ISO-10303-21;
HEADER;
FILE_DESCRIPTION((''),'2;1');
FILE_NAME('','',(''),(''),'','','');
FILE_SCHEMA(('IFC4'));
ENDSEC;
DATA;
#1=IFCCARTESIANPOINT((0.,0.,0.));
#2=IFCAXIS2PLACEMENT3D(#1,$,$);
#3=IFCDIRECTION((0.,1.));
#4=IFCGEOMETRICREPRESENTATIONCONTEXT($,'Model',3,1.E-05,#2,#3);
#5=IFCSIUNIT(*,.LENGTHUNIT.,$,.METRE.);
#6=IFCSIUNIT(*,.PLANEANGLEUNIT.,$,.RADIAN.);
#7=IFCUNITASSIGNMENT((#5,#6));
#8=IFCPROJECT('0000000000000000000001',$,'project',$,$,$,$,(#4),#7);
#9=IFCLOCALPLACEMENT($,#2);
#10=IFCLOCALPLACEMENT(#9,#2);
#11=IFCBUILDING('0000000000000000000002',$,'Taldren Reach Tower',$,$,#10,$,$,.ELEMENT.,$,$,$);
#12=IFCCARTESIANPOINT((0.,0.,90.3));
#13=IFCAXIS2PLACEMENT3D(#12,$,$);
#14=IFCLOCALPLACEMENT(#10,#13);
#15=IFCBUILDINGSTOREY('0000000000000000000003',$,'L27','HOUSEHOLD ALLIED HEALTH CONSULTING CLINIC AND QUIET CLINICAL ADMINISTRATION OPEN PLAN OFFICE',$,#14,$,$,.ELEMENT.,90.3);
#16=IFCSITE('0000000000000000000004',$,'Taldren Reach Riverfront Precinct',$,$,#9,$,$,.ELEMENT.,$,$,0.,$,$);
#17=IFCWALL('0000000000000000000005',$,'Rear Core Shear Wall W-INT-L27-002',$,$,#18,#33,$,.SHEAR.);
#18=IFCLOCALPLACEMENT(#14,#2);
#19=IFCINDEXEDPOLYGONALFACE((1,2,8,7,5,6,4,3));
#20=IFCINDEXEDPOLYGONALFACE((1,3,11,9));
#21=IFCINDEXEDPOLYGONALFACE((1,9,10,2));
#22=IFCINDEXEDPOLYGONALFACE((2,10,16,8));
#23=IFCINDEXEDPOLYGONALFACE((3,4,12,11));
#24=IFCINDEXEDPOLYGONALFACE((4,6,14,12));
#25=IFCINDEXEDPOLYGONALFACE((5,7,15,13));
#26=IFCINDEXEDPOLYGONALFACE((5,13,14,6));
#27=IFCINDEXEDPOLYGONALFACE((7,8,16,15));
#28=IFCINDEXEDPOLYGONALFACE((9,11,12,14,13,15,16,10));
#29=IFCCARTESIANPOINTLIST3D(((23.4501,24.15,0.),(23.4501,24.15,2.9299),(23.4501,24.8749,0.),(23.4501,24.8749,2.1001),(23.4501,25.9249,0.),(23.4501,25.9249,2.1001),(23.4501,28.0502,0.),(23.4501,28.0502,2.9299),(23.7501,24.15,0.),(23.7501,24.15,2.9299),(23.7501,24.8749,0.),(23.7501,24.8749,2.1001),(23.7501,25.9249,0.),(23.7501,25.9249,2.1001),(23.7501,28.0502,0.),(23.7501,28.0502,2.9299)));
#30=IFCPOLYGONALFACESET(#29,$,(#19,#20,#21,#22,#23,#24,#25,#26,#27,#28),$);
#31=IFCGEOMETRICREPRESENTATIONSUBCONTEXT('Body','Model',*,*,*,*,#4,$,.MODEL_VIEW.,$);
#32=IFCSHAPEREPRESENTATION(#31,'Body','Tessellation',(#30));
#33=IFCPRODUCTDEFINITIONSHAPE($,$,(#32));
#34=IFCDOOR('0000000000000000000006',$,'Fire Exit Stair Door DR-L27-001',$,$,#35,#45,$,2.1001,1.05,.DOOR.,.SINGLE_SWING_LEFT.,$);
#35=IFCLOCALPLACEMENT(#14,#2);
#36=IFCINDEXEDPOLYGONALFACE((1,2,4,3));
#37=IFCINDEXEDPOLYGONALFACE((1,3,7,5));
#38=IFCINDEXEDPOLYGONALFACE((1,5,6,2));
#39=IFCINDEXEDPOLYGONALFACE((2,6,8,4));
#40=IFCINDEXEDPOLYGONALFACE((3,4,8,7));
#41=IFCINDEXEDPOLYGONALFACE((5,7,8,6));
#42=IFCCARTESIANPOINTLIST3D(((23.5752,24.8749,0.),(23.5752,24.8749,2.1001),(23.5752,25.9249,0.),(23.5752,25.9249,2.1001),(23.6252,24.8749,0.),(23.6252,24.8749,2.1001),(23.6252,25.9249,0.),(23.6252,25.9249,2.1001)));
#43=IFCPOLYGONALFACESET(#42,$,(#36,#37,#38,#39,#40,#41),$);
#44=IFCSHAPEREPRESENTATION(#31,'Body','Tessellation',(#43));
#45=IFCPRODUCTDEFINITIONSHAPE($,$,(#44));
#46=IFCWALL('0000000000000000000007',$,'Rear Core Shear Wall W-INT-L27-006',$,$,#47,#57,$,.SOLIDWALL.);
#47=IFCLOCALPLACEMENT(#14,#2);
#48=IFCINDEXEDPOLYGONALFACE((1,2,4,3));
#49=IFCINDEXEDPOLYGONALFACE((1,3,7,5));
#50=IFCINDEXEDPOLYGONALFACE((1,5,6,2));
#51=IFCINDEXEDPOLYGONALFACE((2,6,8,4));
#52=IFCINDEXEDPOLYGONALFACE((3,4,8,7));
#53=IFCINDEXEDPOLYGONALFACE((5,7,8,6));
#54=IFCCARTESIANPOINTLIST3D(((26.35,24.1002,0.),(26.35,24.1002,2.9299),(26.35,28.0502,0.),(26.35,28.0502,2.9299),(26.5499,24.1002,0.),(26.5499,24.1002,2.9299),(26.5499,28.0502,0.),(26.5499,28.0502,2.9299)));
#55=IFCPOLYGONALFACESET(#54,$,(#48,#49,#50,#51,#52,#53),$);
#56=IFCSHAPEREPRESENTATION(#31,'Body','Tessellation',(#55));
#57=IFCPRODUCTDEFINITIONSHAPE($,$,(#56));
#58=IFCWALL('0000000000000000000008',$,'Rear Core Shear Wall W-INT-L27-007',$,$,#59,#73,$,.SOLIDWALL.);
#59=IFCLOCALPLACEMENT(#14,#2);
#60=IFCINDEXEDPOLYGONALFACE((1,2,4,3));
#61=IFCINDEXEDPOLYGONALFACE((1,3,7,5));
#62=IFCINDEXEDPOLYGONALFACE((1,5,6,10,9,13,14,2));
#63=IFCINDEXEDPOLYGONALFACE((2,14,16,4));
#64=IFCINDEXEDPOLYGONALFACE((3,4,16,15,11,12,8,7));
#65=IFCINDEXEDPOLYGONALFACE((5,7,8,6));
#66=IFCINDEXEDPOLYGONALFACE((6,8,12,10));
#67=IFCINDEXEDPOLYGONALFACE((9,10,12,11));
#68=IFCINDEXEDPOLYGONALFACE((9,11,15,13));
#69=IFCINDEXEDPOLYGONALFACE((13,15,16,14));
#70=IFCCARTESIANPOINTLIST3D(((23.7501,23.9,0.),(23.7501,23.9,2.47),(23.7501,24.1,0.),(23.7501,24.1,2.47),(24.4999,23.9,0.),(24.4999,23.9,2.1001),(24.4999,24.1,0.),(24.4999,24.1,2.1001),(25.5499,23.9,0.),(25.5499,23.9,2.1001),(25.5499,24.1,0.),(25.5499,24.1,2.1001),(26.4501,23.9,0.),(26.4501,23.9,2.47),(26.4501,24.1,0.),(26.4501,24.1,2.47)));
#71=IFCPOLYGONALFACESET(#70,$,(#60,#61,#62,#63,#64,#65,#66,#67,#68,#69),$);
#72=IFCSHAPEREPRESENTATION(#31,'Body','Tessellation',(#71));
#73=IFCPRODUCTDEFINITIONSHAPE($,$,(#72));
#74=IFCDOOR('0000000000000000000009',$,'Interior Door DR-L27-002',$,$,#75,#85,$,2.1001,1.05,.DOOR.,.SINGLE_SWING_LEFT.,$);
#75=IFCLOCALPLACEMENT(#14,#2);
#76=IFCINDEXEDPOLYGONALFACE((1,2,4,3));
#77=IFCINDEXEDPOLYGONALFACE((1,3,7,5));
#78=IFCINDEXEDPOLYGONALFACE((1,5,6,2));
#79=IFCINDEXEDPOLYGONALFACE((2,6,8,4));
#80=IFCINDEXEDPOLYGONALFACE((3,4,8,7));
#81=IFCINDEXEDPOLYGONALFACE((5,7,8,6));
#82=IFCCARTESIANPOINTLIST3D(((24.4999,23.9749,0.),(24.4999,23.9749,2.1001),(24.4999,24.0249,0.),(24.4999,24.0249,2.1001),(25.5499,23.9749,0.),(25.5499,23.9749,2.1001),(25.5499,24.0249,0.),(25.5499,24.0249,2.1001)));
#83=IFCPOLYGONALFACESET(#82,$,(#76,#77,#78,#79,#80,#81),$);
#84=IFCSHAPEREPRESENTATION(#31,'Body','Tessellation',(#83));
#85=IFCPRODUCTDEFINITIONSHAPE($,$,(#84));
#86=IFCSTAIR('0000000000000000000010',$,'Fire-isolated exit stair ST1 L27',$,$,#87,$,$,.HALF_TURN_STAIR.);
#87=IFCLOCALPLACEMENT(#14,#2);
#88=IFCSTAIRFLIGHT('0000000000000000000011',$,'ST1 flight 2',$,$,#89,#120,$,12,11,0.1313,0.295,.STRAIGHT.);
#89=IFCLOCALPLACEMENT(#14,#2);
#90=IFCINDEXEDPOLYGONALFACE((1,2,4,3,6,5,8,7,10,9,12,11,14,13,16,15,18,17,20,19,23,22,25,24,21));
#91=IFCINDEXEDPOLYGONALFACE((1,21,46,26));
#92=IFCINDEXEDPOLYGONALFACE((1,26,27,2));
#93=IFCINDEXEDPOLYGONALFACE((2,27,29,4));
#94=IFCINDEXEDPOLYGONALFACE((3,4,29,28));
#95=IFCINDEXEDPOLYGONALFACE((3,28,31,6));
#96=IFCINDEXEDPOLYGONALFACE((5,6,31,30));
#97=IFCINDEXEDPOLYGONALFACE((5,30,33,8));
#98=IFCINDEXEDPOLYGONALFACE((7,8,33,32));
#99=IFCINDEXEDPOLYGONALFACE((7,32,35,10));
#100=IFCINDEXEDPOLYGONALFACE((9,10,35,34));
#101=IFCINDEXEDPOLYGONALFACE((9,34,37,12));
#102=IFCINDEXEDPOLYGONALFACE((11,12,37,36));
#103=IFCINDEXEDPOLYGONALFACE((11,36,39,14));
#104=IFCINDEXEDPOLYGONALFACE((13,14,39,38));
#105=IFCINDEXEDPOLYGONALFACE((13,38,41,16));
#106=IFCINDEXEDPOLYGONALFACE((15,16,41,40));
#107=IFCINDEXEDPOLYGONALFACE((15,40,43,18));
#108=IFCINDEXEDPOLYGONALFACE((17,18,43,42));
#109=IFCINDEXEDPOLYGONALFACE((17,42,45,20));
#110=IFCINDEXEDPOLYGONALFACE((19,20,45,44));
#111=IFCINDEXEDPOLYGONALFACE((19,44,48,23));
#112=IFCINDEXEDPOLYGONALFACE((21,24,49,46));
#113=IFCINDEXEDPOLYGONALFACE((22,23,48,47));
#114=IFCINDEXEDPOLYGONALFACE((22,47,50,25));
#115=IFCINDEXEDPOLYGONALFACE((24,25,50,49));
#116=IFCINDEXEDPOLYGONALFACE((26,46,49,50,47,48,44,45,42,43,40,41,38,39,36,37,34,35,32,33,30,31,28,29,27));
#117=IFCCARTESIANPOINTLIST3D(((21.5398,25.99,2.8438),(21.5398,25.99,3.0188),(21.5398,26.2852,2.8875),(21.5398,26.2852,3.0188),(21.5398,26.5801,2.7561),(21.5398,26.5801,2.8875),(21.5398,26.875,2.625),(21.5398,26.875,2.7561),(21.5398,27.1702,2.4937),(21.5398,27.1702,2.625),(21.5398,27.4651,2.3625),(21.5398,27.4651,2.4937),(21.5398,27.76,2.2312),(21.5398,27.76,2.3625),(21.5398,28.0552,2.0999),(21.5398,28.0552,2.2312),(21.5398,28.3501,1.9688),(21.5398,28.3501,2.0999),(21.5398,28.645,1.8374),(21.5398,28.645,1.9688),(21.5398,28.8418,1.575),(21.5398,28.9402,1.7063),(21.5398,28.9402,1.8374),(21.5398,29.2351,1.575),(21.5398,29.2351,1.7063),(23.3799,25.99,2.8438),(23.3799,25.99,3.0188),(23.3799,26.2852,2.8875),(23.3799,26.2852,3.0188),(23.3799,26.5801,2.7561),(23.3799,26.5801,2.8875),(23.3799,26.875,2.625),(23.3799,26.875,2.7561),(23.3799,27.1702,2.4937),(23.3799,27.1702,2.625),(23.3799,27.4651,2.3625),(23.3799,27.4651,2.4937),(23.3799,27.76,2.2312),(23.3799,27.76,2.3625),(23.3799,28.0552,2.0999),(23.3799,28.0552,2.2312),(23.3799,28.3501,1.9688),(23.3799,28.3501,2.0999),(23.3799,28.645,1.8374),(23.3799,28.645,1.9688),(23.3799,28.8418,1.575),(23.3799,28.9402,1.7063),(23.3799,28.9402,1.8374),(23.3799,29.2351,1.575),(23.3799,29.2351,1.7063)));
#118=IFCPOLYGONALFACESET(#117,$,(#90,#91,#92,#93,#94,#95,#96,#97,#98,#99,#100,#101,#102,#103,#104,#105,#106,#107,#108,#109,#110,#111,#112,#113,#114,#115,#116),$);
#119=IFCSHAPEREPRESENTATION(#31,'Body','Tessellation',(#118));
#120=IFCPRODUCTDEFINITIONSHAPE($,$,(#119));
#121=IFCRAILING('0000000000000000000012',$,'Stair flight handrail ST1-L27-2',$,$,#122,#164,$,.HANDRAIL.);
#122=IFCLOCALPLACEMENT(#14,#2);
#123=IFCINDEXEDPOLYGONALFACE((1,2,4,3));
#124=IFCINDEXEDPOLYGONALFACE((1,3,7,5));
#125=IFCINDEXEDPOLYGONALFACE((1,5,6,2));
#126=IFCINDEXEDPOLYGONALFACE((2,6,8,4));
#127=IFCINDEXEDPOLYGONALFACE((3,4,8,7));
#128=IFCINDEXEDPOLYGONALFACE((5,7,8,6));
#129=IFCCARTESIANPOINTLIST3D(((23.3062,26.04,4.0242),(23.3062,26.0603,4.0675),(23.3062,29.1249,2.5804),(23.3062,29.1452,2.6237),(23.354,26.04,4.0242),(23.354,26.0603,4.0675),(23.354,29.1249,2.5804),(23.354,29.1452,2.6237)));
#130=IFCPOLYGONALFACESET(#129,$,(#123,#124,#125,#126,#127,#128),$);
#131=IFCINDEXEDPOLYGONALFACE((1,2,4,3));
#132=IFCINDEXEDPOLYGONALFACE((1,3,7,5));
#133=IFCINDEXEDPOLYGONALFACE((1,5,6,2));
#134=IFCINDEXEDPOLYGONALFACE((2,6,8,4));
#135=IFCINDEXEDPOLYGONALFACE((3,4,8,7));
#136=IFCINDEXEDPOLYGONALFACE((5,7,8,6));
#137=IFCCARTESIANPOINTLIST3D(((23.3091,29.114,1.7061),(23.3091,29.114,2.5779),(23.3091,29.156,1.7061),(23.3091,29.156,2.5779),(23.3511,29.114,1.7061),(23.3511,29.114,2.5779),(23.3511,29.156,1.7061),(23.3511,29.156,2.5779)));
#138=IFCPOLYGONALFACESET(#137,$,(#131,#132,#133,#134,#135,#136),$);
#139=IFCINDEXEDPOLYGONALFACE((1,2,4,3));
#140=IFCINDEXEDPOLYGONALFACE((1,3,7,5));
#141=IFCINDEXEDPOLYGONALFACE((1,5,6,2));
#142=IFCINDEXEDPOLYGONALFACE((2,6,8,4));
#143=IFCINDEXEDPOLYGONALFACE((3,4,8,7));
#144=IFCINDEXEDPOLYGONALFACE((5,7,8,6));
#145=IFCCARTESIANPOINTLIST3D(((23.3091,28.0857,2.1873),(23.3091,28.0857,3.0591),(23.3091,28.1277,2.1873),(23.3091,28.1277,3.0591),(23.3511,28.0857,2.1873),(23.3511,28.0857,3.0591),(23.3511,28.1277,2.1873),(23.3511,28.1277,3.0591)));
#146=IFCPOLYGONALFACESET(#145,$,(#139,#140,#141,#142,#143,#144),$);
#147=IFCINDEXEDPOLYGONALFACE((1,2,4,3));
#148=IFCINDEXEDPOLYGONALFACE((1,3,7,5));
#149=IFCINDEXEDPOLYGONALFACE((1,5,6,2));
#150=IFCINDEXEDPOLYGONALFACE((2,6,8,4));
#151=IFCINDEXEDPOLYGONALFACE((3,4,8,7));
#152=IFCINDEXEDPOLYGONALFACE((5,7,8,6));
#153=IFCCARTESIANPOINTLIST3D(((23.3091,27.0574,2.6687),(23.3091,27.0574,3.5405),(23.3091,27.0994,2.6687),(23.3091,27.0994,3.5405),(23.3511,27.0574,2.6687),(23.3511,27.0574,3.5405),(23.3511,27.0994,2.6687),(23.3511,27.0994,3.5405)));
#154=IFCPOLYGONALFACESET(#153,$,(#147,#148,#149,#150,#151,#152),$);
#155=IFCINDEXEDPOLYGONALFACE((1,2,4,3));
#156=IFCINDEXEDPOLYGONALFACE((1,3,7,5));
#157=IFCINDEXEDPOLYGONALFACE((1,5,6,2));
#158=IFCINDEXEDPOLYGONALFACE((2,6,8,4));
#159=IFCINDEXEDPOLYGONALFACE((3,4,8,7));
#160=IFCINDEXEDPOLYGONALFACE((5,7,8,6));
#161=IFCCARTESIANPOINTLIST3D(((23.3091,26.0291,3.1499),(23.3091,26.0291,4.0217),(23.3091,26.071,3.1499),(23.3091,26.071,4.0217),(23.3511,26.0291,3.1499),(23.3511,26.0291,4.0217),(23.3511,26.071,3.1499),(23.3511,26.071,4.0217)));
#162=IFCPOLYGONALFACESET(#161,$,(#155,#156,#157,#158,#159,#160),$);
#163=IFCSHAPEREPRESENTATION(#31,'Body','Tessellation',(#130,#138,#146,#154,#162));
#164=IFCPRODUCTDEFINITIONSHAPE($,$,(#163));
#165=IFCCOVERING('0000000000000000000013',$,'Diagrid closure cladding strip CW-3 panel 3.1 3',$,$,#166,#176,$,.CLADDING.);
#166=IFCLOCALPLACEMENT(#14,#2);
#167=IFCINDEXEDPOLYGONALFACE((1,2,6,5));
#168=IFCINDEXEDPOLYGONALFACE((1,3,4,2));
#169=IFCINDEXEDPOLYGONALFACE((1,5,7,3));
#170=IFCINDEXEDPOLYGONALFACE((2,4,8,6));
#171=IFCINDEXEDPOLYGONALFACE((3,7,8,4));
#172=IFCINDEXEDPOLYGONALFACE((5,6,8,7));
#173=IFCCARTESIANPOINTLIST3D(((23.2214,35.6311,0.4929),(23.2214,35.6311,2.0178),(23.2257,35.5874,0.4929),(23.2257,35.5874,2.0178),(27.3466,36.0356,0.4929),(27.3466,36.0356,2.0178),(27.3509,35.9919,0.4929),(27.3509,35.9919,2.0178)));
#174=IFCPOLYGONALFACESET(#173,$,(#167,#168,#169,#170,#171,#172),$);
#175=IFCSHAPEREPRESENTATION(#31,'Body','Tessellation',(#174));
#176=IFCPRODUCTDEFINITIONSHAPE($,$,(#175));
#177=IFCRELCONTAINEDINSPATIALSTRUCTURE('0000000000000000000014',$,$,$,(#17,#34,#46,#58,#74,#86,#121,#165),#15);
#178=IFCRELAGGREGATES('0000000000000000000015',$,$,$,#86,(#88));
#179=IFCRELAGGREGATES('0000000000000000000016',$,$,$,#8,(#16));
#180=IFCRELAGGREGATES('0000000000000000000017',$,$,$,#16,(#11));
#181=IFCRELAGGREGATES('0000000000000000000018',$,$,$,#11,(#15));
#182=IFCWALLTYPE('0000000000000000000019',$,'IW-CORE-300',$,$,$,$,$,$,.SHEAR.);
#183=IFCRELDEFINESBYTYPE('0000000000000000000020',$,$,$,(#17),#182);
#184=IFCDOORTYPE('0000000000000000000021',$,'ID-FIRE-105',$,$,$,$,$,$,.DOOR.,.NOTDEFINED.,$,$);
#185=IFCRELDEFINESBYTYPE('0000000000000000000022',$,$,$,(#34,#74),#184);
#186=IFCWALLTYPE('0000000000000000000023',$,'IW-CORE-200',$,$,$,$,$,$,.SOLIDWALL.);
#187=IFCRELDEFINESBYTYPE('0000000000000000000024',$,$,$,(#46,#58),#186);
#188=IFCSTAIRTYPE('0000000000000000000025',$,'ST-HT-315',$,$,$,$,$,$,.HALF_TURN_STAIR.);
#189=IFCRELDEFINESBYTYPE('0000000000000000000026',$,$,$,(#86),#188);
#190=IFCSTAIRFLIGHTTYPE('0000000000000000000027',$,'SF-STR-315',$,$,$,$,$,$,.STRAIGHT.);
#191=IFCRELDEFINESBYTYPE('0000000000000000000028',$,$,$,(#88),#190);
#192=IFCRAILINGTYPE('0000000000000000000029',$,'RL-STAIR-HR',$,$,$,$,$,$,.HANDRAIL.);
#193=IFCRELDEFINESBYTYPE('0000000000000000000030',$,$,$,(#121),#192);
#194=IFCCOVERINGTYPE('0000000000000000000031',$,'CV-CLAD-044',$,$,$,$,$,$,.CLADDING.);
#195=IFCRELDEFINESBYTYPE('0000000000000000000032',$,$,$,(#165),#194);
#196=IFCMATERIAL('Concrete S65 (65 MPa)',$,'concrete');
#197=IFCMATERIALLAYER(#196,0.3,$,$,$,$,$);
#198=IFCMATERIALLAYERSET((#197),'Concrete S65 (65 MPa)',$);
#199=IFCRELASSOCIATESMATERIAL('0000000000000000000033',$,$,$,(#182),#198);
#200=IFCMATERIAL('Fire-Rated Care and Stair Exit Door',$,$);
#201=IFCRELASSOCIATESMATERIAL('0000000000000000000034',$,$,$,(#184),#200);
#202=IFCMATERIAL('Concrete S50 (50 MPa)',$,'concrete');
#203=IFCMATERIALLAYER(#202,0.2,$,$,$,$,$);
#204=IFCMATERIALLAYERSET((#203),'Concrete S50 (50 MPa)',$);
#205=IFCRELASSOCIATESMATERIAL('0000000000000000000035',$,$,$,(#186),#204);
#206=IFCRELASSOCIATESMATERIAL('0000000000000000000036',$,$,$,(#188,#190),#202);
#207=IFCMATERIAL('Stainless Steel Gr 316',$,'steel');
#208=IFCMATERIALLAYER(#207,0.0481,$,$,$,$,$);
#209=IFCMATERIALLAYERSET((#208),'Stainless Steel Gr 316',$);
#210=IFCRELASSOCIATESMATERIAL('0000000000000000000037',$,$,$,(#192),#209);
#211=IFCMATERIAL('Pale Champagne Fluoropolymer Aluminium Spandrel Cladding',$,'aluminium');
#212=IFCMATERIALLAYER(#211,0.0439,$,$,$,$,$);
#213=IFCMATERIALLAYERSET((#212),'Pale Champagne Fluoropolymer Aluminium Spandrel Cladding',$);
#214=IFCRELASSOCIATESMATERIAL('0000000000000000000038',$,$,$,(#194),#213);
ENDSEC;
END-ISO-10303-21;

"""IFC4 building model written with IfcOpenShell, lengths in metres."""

from ifc_helpers import new_model, si_unit, direction, frame, frame_2d, origin, origin_2d, place, context, subcontext, project, spatial, polyline, rectangle, outline, extrude, source, transform, mapped, material, layer, layer_set, type_object, element, fill, aggregate, save


model = new_model("IFC4")

# Units and contexts
model_context = context("Model", 3, precision=1e-05, world=origin(), true_north=direction((0.0, 1.0)))
body_context = subcontext(model_context, "Body", "Model", "MODEL_VIEW")
ifc_project = project(units=[si_unit("LENGTHUNIT", "METRE"), si_unit("PLANEANGLEUNIT", "RADIAN")], contexts=[model_context])

# Site, building, storey
site_placement = place(None, origin())
site = spatial("IfcSite", under=ifc_project, at=site_placement, Name="Taldren Reach Riverfront Precinct", CompositionType="ELEMENT", RefElevation=0.0)
building_placement = place(site_placement, origin())
building = spatial("IfcBuilding", under=site, at=building_placement, Name="Taldren Reach Tower", CompositionType="ELEMENT")
storey_placement = place(building_placement, frame((0.0, 0.0, 90.3)))
storey = spatial("IfcBuildingStorey", under=building, at=storey_placement, Name="L27", Description="HOUSEHOLD ALLIED HEALTH CONSULTING CLINIC AND QUIET CLINICAL ADMINISTRATION OPEN PLAN OFFICE", CompositionType="ELEMENT", Elevation=90.3)

# Shared definitions
ifc_material_1 = material(Name="Concrete S65 (65 MPa)", Category="concrete")

# Shared definitions
ifc_layer_1 = layer(ifc_material_1, 0.3)
ifc_layer_set_1 = layer_set([ifc_layer_1], Name="Concrete S65 (65 MPa)")
wall_type_1 = type_object("IfcWallType", Name="IW-CORE-300", PredefinedType="SHEAR", material=ifc_layer_set_1)

# Wall, opening, door
shared_shape_1 = source(origin(), body_context, "Body", "SweptSolid", [
    extrude(rectangle(XDim=3.9001, YDim=0.3, at=frame_2d((1.9502, 0.0))), origin(), (0.0, 0.0, 1.0), 2.9299),
])
wall_1_placement = place(storey_placement, frame((23.6001, 24.1499, 0.0), z_axis=(0.0, 0.0, 1.0), x_axis=(0.0, 1.0, 0.0)))
wall_1 = element("IfcWall", 1, at=wall_1_placement, inside=storey, type_object=wall_type_1, Name="Rear Core Shear Wall W-INT-L27-002", PredefinedType="SHEAR", context=body_context, shape_type="MappedRepresentation", body=[
    mapped(shared_shape_1, transform((0.0, 0.0, 0.0), scale=1.0)),
])
shared_shape_2 = source(origin(), body_context, "Body", "SweptSolid", [
    extrude(rectangle(XDim=1.05, YDim=2.1001, at=frame_2d((0.5249, 1.05))), frame((0.0, 0.1602, 0.0), z_axis=(0.0, -1.0, 0.0), x_axis=(1.0, 0.0, 0.0)), (0.0, 0.0, 1.0), 0.3201),
])
opening_1_placement = place(wall_1_placement, frame((0.7251, 0.0, 0.0)))
opening_1 = element("IfcOpeningElement", 2, at=opening_1_placement, cuts=wall_1, PredefinedType="OPENING", context=body_context, shape_type="MappedRepresentation", body=[
    mapped(shared_shape_2, transform((0.0, 0.0, 0.0), scale=1.0)),
])
ifc_material_2 = material(Name="Fire-Rated Care and Stair Exit Door")
door_type_1 = type_object("IfcDoorType", Name="ID-FIRE-105", OperationType="NOTDEFINED", PredefinedType="DOOR", material=ifc_material_2)
shared_shape_3 = source(origin(), body_context, "Body", "SweptSolid", [
    extrude(rectangle(XDim=1.05, YDim=2.1001, at=frame_2d((0.5249, 1.05))), frame((0.0, 0.0249, 0.0), z_axis=(0.0, -1.0, 0.0), x_axis=(1.0, 0.0, 0.0)), (0.0, 0.0, 1.0), 0.05),
])
door_1_placement = place(opening_1_placement, origin())
door_1 = element("IfcDoor", 3, at=door_1_placement, inside=storey, type_object=door_type_1, Name="Fire Exit Stair Door DR-L27-001", OperationType="SINGLE_SWING_LEFT", OverallHeight=2.1001, OverallWidth=1.05, PredefinedType="DOOR", context=body_context, shape_type="MappedRepresentation", body=[
    mapped(shared_shape_3, transform((0.0, 0.0, 0.0), scale=1.0)),
])
fill(opening_1, door_1)

# Wall
ifc_material_3 = material(Name="Concrete S50 (50 MPa)", Category="concrete")
ifc_layer_2 = layer(ifc_material_3, 0.2)
ifc_layer_set_2 = layer_set([ifc_layer_2], Name="Concrete S50 (50 MPa)")
wall_type_2 = type_object("IfcWallType", Name="IW-CORE-200", PredefinedType="SOLIDWALL", material=ifc_layer_set_2)
shared_shape_4 = source(origin(), body_context, "Body", "SweptSolid", [
    extrude(rectangle(XDim=3.95, YDim=0.2, at=frame_2d((1.9751, 0.0))), origin(), (0.0, 0.0, 1.0), 2.9299),
])
wall_2_placement = place(storey_placement, frame((26.45, 24.1001, 0.0), z_axis=(0.0, 0.0, 1.0), x_axis=(0.0, 1.0, 0.0)))
element("IfcWall", 4, at=wall_2_placement, inside=storey, type_object=wall_type_2, Name="Rear Core Shear Wall W-INT-L27-006", PredefinedType="SOLIDWALL", context=body_context, shape_type="MappedRepresentation", body=[
    mapped(shared_shape_4, transform((0.0, 0.0, 0.0), scale=1.0)),
])

# Wall, opening, door
shared_shape_5 = source(origin(), body_context, "Body", "SweptSolid", [
    extrude(rectangle(XDim=2.7, YDim=0.2, at=frame_2d((1.3501, 0.0))), origin(), (0.0, 0.0, 1.0), 2.47),
])
wall_3_placement = place(storey_placement, frame((23.75, 24.0, 0.0), z_axis=(0.0, 0.0, 1.0), x_axis=(1.0, 0.0, 0.0)))
wall_3 = element("IfcWall", 5, at=wall_3_placement, inside=storey, type_object=wall_type_2, Name="Rear Core Shear Wall W-INT-L27-007", PredefinedType="SOLIDWALL", context=body_context, shape_type="MappedRepresentation", body=[
    mapped(shared_shape_5, transform((0.0, 0.0, 0.0), scale=1.0)),
])
shared_shape_6 = source(origin(), body_context, "Body", "SweptSolid", [
    extrude(rectangle(XDim=1.05, YDim=2.1001, at=frame_2d((0.5249, 1.05))), frame((0.0, 0.1099, 0.0), z_axis=(0.0, -1.0, 0.0), x_axis=(1.0, 0.0, 0.0)), (0.0, 0.0, 1.0), 0.22),
])
opening_2_placement = place(wall_3_placement, frame((0.75, 0.0, 0.0)))
opening_2 = element("IfcOpeningElement", 6, at=opening_2_placement, cuts=wall_3, PredefinedType="OPENING", context=body_context, shape_type="MappedRepresentation", body=[
    mapped(shared_shape_6, transform((0.0, 0.0, 0.0), scale=1.0)),
])
door_2_placement = place(opening_2_placement, origin())
door_2 = element("IfcDoor", 7, at=door_2_placement, inside=storey, type_object=door_type_1, Name="Interior Door DR-L27-002", OperationType="SINGLE_SWING_LEFT", OverallHeight=2.1001, OverallWidth=1.05, PredefinedType="DOOR", context=body_context, shape_type="MappedRepresentation", body=[
    mapped(shared_shape_3, transform((0.0, 0.0, 0.0), scale=1.0)),
])
fill(opening_2, door_2)

# Stair, stair flight
stair_type = type_object("IfcStairType", Name="ST-HT-315", PredefinedType="HALF_TURN_STAIR", material=ifc_material_3)
stair_placement = place(storey_placement, origin())
stair = element("IfcStair", 8, at=stair_placement, inside=storey, type_object=stair_type, Name="Fire-isolated exit stair ST1 L27", PredefinedType="HALF_TURN_STAIR")
stair_flight_type = type_object("IfcStairFlightType", Name="SF-STR-315", PredefinedType="STRAIGHT", material=ifc_material_3)
stair_flight_placement = place(storey_placement, frame((22.46, 29.2351, 1.575), z_axis=(0.0, 0.0, 1.0), x_axis=(0.0, -1.0, 0.0)))
stair_flight = element("IfcStairFlight", 9, at=stair_flight_placement, type_object=stair_flight_type, Name="ST1 flight 2", NumberOfRisers=12, NumberOfTreads=11, PredefinedType="STRAIGHT", RiserHeight=0.1313, TreadLength=0.295, context=body_context, shape_type="SweptSolid", body=[
    extrude(outline(polyline([(0.0, 0.0), (0.0, 0.1313), (0.2949, 0.1313), (0.2949, 0.2625), (0.5901, 0.2625), (0.5901, 0.3938), (0.885, 0.3938), (0.885, 0.5249), (1.1799, 0.5249), (1.1799, 0.6562), (1.4751, 0.6562), (1.4751, 0.7876), (1.77, 0.7876), (1.77, 0.9187), (2.0649, 0.9187), (2.0649, 1.05), (2.3601, 1.05), (2.3601, 1.1812), (2.655, 1.1812), (2.655, 1.3125), (2.95, 1.3125), (2.95, 1.4438), (3.2451, 1.4438), (3.2451, 1.575), (3.2451, 1.2688), (0.3933, 0.0), (0.0, 0.0)])), frame((0.0, 0.9199, 0.0), z_axis=(0.0, -1.0, 0.0), x_axis=(1.0, 0.0, 0.0)), (0.0, 0.0, 1.0), 1.8401),
])
aggregate(stair, [stair_flight])

# Railing
ifc_material_4 = material(Name="Stainless Steel Gr 316", Category="steel")
ifc_layer_3 = layer(ifc_material_4, 0.0481)
ifc_layer_set_3 = layer_set([ifc_layer_3], Name="Stainless Steel Gr 316")
railing_type = type_object("IfcRailingType", Name="RL-STAIR-HR", PredefinedType="HANDRAIL", material=ifc_layer_set_3)
railing_placement = place(storey_placement, frame((23.3301, 29.135, 1.7061)))
element("IfcRailing", 10, at=railing_placement, inside=storey, type_object=railing_type, Name="Stair flight handrail ST1-L27-2", PredefinedType="HANDRAIL", context=body_context, shape_type="SweptSolid", body=[
    extrude(rectangle(XDim=0.0479, YDim=0.0479, at=origin_2d()), frame((0.0, 0.0, 0.896), z_axis=(0.0, -0.90571, 0.423898), x_axis=(1.0, 0.0, 0.0)), (0.0, 0.0, 1.0), 3.406),
    extrude(rectangle(XDim=0.042, YDim=0.042, at=origin_2d()), origin(), (0.0, 0.0, 1.0), 0.8718),
    extrude(rectangle(XDim=0.042, YDim=0.042, at=origin_2d()), frame((0.0, -1.0283, 0.4812)), (0.0, 0.0, 1.0), 0.8718),
    extrude(rectangle(XDim=0.042, YDim=0.042, at=origin_2d()), frame((0.0, -2.0566, 0.9626)), (0.0, 0.0, 1.0), 0.8718),
    extrude(rectangle(XDim=0.042, YDim=0.042, at=origin_2d()), frame((0.0, -3.085, 1.4438)), (0.0, 0.0, 1.0), 0.8718),
])

# Covering
ifc_material_5 = material(Name="Pale Champagne Fluoropolymer Aluminium Spandrel Cladding", Category="aluminium")
ifc_layer_4 = layer(ifc_material_5, 0.0439)
ifc_layer_set_4 = layer_set([ifc_layer_4], Name="Pale Champagne Fluoropolymer Aluminium Spandrel Cladding")
covering_type = type_object("IfcCoveringType", Name="CV-CLAD-044", PredefinedType="CLADDING", material=ifc_layer_set_4)
shared_shape_7 = source(origin(), body_context, "Body", "SweptSolid", [
    extrude(rectangle(XDim=4.145, YDim=0.0439, at=origin_2d()), origin(), (0.0, 0.0, 1.0), 1.5249),
])
covering_1_placement = place(storey_placement, frame((25.2861, 35.8115, 0.4929), z_axis=(0.0, 0.0, 1.0), x_axis=(-0.995227, -0.097583, 0.0)))
element("IfcCovering", 11, at=covering_1_placement, inside=storey, type_object=covering_type, Name="Diagrid closure cladding strip CW-3 panel 3.1 3", PredefinedType="CLADDING", context=body_context, shape_type="MappedRepresentation", body=[
    mapped(shared_shape_7, transform((0.0, 0.0, 0.0), scale=1.0)),
])

save(model, "model.ifc")
